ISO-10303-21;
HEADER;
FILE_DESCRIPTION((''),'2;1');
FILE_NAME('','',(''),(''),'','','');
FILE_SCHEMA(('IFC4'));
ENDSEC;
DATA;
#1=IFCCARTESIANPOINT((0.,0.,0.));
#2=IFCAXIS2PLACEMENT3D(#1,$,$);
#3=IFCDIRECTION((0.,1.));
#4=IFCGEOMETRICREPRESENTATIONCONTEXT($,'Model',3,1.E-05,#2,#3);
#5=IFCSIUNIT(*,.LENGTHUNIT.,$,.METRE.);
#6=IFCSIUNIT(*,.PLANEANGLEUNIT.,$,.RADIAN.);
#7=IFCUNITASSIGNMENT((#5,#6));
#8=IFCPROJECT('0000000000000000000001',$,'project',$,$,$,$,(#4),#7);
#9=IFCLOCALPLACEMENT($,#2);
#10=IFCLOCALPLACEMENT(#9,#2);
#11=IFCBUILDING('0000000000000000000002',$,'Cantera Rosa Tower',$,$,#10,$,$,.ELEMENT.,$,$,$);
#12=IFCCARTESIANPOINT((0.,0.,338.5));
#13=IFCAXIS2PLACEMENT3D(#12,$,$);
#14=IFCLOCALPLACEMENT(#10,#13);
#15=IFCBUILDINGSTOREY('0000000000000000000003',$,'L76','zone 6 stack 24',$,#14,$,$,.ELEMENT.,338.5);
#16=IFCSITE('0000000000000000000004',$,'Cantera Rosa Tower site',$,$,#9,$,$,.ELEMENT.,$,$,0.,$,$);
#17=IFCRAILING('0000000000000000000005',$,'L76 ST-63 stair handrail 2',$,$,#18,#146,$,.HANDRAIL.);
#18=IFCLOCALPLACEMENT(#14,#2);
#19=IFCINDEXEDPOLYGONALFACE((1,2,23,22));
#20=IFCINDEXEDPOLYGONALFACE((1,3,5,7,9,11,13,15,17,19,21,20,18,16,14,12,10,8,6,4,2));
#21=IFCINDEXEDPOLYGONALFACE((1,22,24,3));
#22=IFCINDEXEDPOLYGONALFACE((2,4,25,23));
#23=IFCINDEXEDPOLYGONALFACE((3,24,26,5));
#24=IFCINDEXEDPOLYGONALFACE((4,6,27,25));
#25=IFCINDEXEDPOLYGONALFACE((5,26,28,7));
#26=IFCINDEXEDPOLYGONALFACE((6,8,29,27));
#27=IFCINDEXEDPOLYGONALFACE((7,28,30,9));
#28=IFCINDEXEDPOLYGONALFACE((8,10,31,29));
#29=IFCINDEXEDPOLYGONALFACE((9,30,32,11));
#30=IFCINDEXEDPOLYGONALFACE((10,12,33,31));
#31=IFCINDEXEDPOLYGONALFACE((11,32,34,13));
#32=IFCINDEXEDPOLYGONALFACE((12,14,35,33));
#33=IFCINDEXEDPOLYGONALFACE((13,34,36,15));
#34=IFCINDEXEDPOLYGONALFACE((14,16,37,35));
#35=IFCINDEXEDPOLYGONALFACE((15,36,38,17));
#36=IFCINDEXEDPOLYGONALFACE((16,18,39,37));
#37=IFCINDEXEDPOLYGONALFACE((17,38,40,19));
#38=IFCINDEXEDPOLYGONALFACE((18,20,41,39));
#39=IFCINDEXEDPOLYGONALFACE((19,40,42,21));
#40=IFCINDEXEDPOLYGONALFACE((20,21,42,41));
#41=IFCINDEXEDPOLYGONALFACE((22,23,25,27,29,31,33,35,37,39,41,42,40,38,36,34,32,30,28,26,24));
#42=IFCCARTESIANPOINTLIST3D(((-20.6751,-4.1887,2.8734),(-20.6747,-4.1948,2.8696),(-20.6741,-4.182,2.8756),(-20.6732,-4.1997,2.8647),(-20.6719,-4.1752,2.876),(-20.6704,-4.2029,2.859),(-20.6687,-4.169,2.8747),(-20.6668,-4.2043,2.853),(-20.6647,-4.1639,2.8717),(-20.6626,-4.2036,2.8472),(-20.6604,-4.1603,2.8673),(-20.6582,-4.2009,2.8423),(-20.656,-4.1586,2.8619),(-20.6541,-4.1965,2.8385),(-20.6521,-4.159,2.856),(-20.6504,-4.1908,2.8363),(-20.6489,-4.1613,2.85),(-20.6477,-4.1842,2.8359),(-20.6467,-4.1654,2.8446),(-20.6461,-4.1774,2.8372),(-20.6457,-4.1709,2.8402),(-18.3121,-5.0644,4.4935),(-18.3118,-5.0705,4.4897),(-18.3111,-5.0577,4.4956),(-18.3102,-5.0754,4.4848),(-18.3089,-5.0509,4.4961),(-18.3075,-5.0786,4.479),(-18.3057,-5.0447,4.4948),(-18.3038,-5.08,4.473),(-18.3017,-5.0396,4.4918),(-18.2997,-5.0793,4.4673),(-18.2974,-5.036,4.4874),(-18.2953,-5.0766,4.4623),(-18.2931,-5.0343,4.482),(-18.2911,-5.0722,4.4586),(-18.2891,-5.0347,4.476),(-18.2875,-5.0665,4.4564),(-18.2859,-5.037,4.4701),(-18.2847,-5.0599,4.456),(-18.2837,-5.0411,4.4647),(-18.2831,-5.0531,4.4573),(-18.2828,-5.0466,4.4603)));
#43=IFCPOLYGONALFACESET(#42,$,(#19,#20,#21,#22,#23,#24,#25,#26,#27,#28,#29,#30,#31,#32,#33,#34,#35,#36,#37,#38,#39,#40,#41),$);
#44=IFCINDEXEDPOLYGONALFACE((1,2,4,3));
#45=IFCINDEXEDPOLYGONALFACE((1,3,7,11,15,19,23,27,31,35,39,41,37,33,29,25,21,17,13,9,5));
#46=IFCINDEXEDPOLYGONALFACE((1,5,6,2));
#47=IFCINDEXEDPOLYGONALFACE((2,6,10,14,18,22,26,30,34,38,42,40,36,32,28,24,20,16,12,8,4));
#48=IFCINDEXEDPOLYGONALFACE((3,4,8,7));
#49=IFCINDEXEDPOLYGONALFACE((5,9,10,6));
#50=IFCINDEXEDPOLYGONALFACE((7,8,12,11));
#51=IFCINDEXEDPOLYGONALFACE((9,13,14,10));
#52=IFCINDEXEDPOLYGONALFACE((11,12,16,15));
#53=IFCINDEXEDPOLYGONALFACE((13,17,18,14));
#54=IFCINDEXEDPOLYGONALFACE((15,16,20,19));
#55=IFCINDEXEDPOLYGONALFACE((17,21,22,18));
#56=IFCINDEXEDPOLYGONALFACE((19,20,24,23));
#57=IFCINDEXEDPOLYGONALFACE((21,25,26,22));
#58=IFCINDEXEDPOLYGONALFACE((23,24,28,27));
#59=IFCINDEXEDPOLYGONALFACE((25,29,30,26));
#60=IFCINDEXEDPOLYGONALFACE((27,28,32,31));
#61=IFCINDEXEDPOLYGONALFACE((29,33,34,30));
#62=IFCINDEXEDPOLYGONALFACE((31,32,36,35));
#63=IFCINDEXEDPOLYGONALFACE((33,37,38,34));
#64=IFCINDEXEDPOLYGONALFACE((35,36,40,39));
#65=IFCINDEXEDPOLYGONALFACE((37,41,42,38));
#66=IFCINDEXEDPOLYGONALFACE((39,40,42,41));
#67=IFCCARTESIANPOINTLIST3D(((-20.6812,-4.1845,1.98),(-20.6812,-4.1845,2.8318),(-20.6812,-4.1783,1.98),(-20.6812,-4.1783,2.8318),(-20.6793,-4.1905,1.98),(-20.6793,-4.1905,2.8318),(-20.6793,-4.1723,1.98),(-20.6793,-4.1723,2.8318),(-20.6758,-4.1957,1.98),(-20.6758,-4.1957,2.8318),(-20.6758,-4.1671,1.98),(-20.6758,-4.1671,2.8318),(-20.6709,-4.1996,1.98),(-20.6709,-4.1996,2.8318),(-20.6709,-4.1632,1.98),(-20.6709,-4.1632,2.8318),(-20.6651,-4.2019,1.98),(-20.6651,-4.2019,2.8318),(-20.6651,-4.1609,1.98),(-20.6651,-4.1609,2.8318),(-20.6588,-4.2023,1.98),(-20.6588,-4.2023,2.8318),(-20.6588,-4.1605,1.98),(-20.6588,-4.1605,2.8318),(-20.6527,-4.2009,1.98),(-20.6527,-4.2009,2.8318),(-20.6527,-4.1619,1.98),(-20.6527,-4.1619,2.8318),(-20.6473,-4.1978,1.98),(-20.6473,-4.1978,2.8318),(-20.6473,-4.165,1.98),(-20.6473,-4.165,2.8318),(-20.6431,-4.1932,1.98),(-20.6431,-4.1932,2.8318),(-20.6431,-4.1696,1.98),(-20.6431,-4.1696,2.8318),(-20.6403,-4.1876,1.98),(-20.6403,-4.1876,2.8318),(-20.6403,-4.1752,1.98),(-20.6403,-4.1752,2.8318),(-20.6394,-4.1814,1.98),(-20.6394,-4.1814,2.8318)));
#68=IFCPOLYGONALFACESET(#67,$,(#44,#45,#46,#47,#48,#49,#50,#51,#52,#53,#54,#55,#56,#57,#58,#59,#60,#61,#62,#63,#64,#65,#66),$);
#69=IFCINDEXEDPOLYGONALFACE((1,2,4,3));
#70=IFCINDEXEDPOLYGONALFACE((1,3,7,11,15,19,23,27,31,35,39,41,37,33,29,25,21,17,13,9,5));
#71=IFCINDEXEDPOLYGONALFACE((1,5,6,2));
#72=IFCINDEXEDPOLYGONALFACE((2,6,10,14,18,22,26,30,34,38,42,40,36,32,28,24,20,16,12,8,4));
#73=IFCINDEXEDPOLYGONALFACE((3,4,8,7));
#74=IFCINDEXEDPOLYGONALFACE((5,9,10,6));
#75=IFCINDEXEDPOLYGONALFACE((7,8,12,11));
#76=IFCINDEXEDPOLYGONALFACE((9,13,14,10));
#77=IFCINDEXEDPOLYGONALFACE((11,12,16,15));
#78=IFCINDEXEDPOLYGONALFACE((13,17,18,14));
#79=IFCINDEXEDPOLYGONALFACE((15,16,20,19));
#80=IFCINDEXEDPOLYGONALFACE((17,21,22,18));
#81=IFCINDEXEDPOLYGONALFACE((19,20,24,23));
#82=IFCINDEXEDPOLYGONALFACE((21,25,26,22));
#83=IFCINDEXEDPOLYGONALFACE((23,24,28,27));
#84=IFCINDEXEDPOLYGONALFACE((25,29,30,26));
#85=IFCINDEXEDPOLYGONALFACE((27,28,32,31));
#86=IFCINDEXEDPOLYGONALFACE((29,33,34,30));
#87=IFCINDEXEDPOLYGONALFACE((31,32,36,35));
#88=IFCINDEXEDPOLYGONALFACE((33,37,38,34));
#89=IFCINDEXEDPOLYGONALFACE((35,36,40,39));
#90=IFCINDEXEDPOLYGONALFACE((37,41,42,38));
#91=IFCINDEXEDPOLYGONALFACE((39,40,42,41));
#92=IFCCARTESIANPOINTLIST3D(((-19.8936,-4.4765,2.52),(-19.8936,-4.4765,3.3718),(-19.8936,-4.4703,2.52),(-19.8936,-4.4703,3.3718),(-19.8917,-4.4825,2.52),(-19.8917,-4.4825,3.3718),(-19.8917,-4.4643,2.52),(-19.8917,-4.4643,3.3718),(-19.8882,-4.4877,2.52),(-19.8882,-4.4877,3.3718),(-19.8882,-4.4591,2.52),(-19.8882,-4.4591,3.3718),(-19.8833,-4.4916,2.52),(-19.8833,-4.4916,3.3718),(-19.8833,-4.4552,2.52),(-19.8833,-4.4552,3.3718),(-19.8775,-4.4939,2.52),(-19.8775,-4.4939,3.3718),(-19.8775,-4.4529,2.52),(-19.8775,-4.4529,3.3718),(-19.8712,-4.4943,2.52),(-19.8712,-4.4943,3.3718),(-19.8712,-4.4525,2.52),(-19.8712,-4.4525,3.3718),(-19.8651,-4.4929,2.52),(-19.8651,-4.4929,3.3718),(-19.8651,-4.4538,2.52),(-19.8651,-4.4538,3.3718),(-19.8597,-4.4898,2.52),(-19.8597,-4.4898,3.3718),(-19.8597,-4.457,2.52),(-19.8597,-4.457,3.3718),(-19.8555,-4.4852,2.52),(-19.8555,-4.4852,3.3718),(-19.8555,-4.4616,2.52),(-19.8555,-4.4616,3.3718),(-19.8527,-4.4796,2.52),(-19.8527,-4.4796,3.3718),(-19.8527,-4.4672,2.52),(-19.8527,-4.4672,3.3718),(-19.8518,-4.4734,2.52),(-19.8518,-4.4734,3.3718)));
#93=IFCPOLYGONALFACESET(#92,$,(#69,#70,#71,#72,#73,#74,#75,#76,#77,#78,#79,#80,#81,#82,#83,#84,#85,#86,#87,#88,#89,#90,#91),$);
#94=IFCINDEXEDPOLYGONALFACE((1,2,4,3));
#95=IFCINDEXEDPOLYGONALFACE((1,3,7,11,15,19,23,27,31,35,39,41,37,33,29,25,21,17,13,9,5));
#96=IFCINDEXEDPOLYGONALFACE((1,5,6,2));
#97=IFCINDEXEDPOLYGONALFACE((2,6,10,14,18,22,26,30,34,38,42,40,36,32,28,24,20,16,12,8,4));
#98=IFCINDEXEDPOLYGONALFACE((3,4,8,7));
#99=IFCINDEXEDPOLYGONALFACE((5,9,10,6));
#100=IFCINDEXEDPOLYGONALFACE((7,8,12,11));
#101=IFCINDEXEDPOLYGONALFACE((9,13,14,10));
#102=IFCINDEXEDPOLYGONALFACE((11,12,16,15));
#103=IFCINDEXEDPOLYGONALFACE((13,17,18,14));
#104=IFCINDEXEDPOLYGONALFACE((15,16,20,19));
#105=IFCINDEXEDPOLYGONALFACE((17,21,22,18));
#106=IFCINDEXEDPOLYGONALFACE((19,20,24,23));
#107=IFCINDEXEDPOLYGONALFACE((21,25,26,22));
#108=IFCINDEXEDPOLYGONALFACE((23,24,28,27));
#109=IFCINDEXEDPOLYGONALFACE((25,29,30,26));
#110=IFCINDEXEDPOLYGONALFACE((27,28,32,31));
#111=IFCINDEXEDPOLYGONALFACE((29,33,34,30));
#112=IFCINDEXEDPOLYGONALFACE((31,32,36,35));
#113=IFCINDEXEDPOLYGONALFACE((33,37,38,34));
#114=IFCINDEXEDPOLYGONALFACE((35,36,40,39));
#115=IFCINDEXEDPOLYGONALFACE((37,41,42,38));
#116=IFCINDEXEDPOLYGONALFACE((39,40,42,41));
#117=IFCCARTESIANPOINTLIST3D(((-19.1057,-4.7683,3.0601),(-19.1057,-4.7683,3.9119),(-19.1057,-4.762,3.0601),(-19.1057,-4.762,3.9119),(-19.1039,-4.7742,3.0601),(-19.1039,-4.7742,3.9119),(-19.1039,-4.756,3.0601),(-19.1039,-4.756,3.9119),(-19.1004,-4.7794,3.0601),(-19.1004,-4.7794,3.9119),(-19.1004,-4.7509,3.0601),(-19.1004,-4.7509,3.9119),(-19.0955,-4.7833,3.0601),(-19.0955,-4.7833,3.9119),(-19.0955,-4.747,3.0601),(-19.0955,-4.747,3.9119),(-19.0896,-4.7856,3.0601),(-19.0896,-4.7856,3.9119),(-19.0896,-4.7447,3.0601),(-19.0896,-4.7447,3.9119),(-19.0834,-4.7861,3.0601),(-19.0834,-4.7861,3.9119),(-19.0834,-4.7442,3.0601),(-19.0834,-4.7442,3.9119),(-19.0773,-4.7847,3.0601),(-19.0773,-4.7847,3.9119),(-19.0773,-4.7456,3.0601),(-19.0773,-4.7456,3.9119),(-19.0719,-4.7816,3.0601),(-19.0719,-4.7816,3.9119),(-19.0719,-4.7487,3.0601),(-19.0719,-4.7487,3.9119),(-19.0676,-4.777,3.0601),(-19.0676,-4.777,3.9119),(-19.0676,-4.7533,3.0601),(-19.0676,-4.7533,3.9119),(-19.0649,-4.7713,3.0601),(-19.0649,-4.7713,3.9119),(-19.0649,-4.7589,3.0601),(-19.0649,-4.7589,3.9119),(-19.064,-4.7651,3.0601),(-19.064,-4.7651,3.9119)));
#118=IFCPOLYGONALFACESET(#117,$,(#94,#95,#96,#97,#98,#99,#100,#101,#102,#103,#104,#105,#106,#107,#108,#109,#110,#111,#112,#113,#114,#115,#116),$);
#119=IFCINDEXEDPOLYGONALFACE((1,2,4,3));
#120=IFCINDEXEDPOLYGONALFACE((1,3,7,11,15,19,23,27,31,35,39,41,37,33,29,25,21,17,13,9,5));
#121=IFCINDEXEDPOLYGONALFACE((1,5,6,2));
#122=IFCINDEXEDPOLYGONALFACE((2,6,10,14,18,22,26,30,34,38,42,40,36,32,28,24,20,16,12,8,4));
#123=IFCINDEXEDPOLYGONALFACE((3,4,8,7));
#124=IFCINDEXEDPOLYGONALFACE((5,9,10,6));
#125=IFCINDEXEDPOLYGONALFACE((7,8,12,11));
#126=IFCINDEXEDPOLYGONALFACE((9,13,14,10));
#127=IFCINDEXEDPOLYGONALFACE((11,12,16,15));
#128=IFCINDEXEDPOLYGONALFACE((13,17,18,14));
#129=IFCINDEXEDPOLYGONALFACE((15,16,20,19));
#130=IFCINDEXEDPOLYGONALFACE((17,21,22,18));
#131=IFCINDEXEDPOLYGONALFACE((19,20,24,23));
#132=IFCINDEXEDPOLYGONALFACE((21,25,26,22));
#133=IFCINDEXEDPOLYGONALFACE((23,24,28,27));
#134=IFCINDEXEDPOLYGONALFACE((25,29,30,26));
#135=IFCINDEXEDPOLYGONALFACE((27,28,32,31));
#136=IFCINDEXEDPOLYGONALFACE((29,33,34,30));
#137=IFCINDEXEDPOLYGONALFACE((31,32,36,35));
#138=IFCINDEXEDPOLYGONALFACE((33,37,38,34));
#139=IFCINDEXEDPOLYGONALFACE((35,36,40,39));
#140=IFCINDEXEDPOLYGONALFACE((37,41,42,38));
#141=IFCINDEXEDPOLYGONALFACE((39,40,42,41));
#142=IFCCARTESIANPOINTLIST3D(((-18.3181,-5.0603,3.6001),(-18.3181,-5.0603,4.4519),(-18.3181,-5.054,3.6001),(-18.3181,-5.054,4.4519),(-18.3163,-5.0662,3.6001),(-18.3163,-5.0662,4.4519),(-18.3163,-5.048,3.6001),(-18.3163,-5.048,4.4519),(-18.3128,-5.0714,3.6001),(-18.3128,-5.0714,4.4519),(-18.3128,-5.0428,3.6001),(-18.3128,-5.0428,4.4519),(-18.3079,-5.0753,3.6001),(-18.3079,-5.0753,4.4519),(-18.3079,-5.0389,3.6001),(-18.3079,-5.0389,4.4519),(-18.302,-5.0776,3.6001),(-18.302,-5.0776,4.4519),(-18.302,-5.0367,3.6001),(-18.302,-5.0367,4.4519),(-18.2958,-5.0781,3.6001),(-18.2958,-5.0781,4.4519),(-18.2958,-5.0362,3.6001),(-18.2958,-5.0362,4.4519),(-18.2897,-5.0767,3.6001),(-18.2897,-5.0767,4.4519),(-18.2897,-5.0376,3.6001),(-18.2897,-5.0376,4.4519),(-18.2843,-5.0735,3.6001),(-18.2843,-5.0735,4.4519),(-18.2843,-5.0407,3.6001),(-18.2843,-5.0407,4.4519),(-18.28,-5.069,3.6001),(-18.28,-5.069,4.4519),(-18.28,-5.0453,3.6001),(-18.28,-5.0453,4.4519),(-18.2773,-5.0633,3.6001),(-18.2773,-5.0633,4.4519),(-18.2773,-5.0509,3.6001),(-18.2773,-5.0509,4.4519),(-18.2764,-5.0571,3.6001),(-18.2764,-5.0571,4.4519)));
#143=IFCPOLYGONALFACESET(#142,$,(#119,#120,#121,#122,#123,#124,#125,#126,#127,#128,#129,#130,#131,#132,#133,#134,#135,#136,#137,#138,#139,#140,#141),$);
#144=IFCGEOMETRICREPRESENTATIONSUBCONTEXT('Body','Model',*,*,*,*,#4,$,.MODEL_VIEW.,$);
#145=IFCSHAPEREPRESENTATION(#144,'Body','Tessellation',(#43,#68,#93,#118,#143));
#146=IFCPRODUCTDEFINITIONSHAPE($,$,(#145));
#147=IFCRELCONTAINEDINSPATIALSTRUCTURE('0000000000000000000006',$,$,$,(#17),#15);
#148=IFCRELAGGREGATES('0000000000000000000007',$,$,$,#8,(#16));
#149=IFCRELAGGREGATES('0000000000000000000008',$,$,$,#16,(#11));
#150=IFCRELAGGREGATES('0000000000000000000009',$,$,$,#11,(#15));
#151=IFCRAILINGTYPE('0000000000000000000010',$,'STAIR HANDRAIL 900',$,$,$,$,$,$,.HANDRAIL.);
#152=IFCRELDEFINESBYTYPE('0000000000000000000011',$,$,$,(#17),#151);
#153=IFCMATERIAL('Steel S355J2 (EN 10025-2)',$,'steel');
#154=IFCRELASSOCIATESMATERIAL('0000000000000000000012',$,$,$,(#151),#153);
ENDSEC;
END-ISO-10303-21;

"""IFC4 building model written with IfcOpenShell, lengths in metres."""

from ifc_helpers import new_model, si_unit, direction, frame, origin, origin_2d, place, context, subcontext, project, spatial, circle, extrude, material, type_object, element, save


model = new_model("IFC4")

# Units and contexts
model_context = context("Model", 3, precision=1e-05, world=origin(), true_north=direction((0.0, 1.0)))
body_context = subcontext(model_context, "Body", "Model", "MODEL_VIEW")
ifc_project = project(units=[si_unit("LENGTHUNIT", "METRE"), si_unit("PLANEANGLEUNIT", "RADIAN")], contexts=[model_context])

# Site, building, storey
site_placement = place(None, origin())
site = spatial("IfcSite", under=ifc_project, at=site_placement, Name="Cantera Rosa Tower site", CompositionType="ELEMENT", RefElevation=0.0)
building_placement = place(site_placement, origin())
building = spatial("IfcBuilding", under=site, at=building_placement, Name="Cantera Rosa Tower", CompositionType="ELEMENT")
storey_placement = place(building_placement, frame((0.0, 0.0, 338.5)))
storey = spatial("IfcBuildingStorey", under=building, at=storey_placement, Name="L76", Description="zone 6 stack 24", CompositionType="ELEMENT", Elevation=338.5)

# Railing
ifc_material_1 = material(Name="Steel S355J2 (EN 10025-2)", Category="steel")
railing_type_1 = type_object("IfcRailingType", Name="STAIR HANDRAIL 900", PredefinedType="HANDRAIL", material=ifc_material_1)
railing_1_placement = place(storey_placement, frame((-20.6604, -4.1814, 1.98)))
element("IfcRailing", 1, at=railing_1_placement, inside=storey, type_object=railing_type_1, Name="L76 ST-63 stair handrail 2", PredefinedType="HANDRAIL", context=body_context, shape_type="SweptSolid", body=[
    extrude(circle(Radius=0.0239, at=origin_2d()), frame((0.0, 0.0, 0.876), z_axis=(0.788748, -0.292307, 0.540772), x_axis=(0.347501, 0.93768, 0.0)), (0.0, 0.0, 1.0), 2.9958),
    extrude(circle(Radius=0.021, at=origin_2d()), origin(), (0.0, 0.0, 1.0), 0.8518),
    extrude(circle(Radius=0.021, at=origin_2d()), frame((0.7876, -0.292, 0.54)), (0.0, 0.0, 1.0), 0.8518),
    extrude(circle(Radius=0.021, at=origin_2d()), frame((1.5754, -0.5837, 1.0801)), (0.0, 0.0, 1.0), 0.8518),
    extrude(circle(Radius=0.021, at=origin_2d()), frame((2.363, -0.8757, 1.6201)), (0.0, 0.0, 1.0), 0.8518),
])

save(model, "model.ifc")
